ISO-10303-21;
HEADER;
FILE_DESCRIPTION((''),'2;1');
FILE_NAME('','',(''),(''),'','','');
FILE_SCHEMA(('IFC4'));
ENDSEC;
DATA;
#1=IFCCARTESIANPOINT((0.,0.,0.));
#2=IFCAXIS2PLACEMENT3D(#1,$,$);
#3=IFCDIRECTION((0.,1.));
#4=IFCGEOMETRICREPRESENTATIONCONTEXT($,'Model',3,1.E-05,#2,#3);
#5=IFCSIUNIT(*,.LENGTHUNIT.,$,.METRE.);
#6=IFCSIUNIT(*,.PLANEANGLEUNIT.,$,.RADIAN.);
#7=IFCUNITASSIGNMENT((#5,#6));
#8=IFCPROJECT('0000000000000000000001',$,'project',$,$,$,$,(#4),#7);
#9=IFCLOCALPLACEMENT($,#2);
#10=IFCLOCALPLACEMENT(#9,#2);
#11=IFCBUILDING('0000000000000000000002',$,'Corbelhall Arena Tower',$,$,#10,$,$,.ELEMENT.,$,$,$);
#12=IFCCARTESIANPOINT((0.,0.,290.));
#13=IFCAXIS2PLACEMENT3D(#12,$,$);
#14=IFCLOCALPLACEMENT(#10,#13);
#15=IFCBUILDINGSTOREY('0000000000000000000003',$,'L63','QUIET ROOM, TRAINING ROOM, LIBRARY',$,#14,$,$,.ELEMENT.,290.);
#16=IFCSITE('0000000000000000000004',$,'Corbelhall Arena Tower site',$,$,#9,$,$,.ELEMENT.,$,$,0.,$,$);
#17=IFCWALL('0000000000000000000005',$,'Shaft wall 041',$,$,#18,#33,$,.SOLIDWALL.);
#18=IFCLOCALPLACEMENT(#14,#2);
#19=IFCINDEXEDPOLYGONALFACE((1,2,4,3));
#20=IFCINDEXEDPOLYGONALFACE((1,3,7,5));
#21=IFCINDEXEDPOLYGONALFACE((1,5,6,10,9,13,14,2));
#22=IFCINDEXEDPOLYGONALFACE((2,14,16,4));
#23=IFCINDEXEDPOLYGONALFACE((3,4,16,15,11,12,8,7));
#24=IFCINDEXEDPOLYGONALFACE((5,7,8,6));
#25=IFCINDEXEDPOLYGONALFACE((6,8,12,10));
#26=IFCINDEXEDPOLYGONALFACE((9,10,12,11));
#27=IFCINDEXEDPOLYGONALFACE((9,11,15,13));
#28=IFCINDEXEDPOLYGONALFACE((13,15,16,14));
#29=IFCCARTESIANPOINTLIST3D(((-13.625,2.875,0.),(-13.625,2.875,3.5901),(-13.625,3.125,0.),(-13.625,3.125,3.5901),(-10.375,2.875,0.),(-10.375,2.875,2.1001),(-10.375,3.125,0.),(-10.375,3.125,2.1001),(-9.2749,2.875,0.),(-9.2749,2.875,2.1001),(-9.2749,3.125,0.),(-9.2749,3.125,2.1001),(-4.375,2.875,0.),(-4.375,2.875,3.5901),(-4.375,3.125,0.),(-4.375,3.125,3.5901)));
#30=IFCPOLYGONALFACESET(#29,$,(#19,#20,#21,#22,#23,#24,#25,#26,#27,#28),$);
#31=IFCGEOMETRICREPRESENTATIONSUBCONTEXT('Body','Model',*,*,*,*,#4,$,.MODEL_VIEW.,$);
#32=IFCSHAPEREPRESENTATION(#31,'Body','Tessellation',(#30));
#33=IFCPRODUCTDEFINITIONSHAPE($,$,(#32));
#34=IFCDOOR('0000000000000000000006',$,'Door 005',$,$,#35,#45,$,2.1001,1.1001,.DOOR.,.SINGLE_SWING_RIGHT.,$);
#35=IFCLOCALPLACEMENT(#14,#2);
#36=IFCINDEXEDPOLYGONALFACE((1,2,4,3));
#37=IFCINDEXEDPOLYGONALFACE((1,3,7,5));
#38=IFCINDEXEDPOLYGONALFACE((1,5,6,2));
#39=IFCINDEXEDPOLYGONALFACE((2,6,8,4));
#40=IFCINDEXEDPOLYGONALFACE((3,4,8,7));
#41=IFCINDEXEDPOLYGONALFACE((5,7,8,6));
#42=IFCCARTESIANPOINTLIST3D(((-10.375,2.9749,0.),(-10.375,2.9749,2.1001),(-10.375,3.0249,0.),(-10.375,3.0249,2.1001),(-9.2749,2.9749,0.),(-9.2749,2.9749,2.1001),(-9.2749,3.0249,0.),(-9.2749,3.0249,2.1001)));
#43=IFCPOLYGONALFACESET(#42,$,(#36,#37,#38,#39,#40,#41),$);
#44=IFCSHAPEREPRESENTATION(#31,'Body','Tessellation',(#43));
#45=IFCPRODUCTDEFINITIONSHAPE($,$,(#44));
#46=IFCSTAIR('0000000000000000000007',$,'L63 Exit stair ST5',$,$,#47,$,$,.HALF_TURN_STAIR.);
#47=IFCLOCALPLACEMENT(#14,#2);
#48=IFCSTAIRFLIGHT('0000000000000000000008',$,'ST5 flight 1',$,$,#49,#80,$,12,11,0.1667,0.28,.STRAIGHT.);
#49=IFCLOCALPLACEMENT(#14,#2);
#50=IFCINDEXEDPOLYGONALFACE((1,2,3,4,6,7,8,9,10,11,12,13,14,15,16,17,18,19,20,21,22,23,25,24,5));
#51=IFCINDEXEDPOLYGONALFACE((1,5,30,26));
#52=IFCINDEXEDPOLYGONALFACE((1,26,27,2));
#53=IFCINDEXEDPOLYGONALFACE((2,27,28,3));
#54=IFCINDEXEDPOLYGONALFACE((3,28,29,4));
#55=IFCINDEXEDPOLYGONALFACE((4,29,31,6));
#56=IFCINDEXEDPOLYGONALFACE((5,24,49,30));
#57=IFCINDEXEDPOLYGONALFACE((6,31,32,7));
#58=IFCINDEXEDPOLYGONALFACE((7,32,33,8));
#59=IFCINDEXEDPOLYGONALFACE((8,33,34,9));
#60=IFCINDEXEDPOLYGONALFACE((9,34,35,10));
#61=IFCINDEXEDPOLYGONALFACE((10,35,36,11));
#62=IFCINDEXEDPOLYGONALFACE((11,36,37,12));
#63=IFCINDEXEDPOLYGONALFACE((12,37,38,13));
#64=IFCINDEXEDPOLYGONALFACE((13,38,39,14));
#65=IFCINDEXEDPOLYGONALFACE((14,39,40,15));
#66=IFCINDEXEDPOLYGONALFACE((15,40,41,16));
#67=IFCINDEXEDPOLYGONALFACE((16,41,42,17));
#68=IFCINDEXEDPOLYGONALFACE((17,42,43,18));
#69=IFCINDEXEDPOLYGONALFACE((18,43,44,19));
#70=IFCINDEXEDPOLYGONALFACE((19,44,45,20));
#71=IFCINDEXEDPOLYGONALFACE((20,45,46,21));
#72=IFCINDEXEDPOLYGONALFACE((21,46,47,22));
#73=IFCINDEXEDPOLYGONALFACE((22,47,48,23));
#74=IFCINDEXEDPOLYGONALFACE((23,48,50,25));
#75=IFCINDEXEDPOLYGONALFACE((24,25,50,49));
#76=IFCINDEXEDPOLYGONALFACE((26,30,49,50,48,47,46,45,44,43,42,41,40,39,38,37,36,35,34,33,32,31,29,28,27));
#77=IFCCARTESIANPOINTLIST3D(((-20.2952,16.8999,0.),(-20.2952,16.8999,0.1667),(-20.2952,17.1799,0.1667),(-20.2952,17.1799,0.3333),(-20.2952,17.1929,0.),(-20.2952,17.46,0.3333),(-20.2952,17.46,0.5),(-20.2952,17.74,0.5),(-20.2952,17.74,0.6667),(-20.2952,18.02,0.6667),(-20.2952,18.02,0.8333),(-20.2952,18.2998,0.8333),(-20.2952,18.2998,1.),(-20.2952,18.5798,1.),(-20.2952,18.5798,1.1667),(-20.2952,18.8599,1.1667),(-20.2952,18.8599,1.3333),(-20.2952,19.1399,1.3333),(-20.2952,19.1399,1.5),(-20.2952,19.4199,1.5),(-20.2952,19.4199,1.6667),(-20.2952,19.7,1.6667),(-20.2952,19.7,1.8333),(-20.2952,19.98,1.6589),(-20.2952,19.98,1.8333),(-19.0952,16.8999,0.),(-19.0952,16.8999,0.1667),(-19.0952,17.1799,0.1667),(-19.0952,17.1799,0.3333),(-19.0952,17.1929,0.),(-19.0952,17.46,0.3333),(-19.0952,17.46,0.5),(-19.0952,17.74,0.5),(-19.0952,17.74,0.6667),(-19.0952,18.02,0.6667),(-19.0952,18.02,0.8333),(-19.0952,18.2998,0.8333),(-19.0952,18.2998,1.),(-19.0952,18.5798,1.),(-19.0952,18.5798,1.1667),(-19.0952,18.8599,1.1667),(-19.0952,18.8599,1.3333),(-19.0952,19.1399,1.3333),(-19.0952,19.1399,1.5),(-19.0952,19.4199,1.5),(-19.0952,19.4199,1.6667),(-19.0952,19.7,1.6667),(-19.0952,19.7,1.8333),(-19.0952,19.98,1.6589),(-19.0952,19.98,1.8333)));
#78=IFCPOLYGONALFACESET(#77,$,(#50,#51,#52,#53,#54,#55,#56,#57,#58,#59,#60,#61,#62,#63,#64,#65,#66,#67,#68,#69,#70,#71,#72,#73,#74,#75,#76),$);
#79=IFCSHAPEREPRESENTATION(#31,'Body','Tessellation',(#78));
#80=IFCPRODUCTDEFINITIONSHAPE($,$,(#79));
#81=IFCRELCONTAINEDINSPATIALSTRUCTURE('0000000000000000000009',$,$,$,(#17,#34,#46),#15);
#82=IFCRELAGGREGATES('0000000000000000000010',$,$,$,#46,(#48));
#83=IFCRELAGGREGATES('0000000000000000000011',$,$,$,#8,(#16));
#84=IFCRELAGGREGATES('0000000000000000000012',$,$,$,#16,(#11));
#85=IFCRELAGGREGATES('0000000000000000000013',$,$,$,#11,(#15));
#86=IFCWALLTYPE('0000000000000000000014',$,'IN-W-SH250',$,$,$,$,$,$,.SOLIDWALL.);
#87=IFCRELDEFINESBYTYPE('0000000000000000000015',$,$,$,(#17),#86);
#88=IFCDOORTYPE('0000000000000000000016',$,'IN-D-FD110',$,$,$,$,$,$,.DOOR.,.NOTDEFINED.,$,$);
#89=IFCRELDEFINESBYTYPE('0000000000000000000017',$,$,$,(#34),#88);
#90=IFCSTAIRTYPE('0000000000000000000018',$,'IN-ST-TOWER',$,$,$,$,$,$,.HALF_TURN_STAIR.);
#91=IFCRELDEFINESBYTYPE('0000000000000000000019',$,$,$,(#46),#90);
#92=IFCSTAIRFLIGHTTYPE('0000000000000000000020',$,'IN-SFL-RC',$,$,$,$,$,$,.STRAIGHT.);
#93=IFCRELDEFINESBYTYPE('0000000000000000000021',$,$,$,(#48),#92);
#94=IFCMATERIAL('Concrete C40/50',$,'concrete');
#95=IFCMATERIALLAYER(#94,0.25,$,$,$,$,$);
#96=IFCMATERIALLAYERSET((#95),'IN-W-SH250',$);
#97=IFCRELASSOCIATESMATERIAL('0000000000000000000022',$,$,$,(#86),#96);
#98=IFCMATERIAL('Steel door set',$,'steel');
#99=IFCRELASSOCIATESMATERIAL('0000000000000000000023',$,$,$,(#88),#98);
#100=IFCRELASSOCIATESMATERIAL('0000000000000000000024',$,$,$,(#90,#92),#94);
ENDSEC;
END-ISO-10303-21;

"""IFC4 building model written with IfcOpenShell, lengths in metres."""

from ifc_helpers import new_model, si_unit, direction, frame, frame_2d, origin, place, context, subcontext, project, spatial, polyline, rectangle, outline, extrude, material, layer, layer_set, type_object, element, fill, aggregate, save


model = new_model("IFC4")

# Units and contexts
model_context = context("Model", 3, precision=1e-05, world=origin(), true_north=direction((0.0, 1.0)))
body_context = subcontext(model_context, "Body", "Model", "MODEL_VIEW")
ifc_project = project(units=[si_unit("LENGTHUNIT", "METRE"), si_unit("PLANEANGLEUNIT", "RADIAN")], contexts=[model_context])

# Site, building, storey
site_placement = place(None, origin())
site = spatial("IfcSite", under=ifc_project, at=site_placement, Name="Corbelhall Arena Tower site", CompositionType="ELEMENT", RefElevation=0.0)
building_placement = place(site_placement, origin())
building = spatial("IfcBuilding", under=site, at=building_placement, Name="Corbelhall Arena Tower", CompositionType="ELEMENT")
storey_placement = place(building_placement, frame((0.0, 0.0, 290.0)))
storey = spatial("IfcBuildingStorey", under=building, at=storey_placement, Name="L63", Description="QUIET ROOM, TRAINING ROOM, LIBRARY", CompositionType="ELEMENT", Elevation=290.0)

# Shared definitions
ifc_material_1 = material(Name="Concrete C40/50", Category="concrete")
ifc_material_2 = material(Name="Steel door set", Category="steel")

# Wall, opening, door
ifc_layer_1 = layer(ifc_material_1, 0.25)
ifc_layer_set_1 = layer_set([ifc_layer_1], Name="IN-W-SH250")
wall_type_1 = type_object("IfcWallType", Name="IN-W-SH250", PredefinedType="SOLIDWALL", material=ifc_layer_set_1)
wall_1_placement = place(storey_placement, frame((-13.625, 3.0, 0.0), z_axis=(0.0, 0.0, 1.0), x_axis=(1.0, 0.0, 0.0)))
wall_1 = element("IfcWall", 1, at=wall_1_placement, inside=storey, type_object=wall_type_1, Name="Shaft wall 041", PredefinedType="SOLIDWALL", context=body_context, shape_type="SweptSolid", body=[
    extrude(rectangle(XDim=9.25, YDim=0.25, at=frame_2d((4.625, 0.0))), origin(), (0.0, 0.0, 1.0), 3.5901),
])
opening_1_placement = place(wall_1_placement, frame((3.25, 0.0, 0.0)))
opening_1 = element("IfcOpeningElement", 2, at=opening_1_placement, cuts=wall_1, PredefinedType="OPENING", context=body_context, shape_type="SweptSolid", body=[
    extrude(rectangle(XDim=1.1001, YDim=2.1001, at=frame_2d((0.55, 1.05))), frame((0.0, 0.125, 0.0), z_axis=(0.0, -1.0, 0.0), x_axis=(1.0, 0.0, 0.0)), (0.0, 0.0, 1.0), 0.25),
])
door_type_1 = type_object("IfcDoorType", Name="IN-D-FD110", OperationType="NOTDEFINED", PredefinedType="DOOR", material=ifc_material_2)
door_1_placement = place(opening_1_placement, origin())
door_1 = element("IfcDoor", 3, at=door_1_placement, inside=storey, type_object=door_type_1, Name="Door 005", OperationType="SINGLE_SWING_RIGHT", OverallHeight=2.1001, OverallWidth=1.1001, PredefinedType="DOOR", context=body_context, shape_type="SweptSolid", body=[
    extrude(rectangle(XDim=1.1001, YDim=2.1001, at=frame_2d((0.55, 1.05))), frame((0.0, 0.0249, 0.0), z_axis=(0.0, -1.0, 0.0), x_axis=(1.0, 0.0, 0.0)), (0.0, 0.0, 1.0), 0.05),
])
fill(opening_1, door_1)

# Stair, stair flight
stair_type = type_object("IfcStairType", Name="IN-ST-TOWER", PredefinedType="HALF_TURN_STAIR", material=ifc_material_1)
stair_placement = place(storey_placement, origin())
stair = element("IfcStair", 4, at=stair_placement, inside=storey, type_object=stair_type, Name="L63 Exit stair ST5", PredefinedType="HALF_TURN_STAIR")
stair_flight_type = type_object("IfcStairFlightType", Name="IN-SFL-RC", PredefinedType="STRAIGHT", material=ifc_material_1)
stair_flight_placement = place(storey_placement, frame((-19.6951, 16.8999, 0.0), z_axis=(0.0, 0.0, 1.0), x_axis=(0.0, 1.0, 0.0)))
stair_flight = element("IfcStairFlight", 5, at=stair_flight_placement, type_object=stair_flight_type, Name="ST5 flight 1", NumberOfRisers=12, NumberOfTreads=11, PredefinedType="STRAIGHT", RiserHeight=0.1667, TreadLength=0.28, context=body_context, shape_type="SweptSolid", body=[
    extrude(outline(polyline([(0.0, 0.0), (0.0, 0.1667), (0.28, 0.1667), (0.28, 0.3333), (0.5601, 0.3333), (0.5601, 0.5), (0.8401, 0.5), (0.8401, 0.6667), (1.1201, 0.6667), (1.1201, 0.8333), (1.3999, 0.8333), (1.3999, 1.0), (1.6799, 1.0), (1.6799, 1.1667), (1.96, 1.1667), (1.96, 1.3333), (2.24, 1.3333), (2.24, 1.5), (2.52, 1.5), (2.52, 1.6667), (2.8, 1.6667), (2.8, 1.8333), (3.0801, 1.8333), (3.0801, 2.0), (3.0801, 1.6589), (0.293, 0.0), (0.0, 0.0)])), frame((0.0, 0.6001, 0.0), z_axis=(0.0, -1.0, 0.0), x_axis=(1.0, 0.0, 0.0)), (0.0, 0.0, 1.0), 1.2),
])
aggregate(stair, [stair_flight])

save(model, "model.ifc")
